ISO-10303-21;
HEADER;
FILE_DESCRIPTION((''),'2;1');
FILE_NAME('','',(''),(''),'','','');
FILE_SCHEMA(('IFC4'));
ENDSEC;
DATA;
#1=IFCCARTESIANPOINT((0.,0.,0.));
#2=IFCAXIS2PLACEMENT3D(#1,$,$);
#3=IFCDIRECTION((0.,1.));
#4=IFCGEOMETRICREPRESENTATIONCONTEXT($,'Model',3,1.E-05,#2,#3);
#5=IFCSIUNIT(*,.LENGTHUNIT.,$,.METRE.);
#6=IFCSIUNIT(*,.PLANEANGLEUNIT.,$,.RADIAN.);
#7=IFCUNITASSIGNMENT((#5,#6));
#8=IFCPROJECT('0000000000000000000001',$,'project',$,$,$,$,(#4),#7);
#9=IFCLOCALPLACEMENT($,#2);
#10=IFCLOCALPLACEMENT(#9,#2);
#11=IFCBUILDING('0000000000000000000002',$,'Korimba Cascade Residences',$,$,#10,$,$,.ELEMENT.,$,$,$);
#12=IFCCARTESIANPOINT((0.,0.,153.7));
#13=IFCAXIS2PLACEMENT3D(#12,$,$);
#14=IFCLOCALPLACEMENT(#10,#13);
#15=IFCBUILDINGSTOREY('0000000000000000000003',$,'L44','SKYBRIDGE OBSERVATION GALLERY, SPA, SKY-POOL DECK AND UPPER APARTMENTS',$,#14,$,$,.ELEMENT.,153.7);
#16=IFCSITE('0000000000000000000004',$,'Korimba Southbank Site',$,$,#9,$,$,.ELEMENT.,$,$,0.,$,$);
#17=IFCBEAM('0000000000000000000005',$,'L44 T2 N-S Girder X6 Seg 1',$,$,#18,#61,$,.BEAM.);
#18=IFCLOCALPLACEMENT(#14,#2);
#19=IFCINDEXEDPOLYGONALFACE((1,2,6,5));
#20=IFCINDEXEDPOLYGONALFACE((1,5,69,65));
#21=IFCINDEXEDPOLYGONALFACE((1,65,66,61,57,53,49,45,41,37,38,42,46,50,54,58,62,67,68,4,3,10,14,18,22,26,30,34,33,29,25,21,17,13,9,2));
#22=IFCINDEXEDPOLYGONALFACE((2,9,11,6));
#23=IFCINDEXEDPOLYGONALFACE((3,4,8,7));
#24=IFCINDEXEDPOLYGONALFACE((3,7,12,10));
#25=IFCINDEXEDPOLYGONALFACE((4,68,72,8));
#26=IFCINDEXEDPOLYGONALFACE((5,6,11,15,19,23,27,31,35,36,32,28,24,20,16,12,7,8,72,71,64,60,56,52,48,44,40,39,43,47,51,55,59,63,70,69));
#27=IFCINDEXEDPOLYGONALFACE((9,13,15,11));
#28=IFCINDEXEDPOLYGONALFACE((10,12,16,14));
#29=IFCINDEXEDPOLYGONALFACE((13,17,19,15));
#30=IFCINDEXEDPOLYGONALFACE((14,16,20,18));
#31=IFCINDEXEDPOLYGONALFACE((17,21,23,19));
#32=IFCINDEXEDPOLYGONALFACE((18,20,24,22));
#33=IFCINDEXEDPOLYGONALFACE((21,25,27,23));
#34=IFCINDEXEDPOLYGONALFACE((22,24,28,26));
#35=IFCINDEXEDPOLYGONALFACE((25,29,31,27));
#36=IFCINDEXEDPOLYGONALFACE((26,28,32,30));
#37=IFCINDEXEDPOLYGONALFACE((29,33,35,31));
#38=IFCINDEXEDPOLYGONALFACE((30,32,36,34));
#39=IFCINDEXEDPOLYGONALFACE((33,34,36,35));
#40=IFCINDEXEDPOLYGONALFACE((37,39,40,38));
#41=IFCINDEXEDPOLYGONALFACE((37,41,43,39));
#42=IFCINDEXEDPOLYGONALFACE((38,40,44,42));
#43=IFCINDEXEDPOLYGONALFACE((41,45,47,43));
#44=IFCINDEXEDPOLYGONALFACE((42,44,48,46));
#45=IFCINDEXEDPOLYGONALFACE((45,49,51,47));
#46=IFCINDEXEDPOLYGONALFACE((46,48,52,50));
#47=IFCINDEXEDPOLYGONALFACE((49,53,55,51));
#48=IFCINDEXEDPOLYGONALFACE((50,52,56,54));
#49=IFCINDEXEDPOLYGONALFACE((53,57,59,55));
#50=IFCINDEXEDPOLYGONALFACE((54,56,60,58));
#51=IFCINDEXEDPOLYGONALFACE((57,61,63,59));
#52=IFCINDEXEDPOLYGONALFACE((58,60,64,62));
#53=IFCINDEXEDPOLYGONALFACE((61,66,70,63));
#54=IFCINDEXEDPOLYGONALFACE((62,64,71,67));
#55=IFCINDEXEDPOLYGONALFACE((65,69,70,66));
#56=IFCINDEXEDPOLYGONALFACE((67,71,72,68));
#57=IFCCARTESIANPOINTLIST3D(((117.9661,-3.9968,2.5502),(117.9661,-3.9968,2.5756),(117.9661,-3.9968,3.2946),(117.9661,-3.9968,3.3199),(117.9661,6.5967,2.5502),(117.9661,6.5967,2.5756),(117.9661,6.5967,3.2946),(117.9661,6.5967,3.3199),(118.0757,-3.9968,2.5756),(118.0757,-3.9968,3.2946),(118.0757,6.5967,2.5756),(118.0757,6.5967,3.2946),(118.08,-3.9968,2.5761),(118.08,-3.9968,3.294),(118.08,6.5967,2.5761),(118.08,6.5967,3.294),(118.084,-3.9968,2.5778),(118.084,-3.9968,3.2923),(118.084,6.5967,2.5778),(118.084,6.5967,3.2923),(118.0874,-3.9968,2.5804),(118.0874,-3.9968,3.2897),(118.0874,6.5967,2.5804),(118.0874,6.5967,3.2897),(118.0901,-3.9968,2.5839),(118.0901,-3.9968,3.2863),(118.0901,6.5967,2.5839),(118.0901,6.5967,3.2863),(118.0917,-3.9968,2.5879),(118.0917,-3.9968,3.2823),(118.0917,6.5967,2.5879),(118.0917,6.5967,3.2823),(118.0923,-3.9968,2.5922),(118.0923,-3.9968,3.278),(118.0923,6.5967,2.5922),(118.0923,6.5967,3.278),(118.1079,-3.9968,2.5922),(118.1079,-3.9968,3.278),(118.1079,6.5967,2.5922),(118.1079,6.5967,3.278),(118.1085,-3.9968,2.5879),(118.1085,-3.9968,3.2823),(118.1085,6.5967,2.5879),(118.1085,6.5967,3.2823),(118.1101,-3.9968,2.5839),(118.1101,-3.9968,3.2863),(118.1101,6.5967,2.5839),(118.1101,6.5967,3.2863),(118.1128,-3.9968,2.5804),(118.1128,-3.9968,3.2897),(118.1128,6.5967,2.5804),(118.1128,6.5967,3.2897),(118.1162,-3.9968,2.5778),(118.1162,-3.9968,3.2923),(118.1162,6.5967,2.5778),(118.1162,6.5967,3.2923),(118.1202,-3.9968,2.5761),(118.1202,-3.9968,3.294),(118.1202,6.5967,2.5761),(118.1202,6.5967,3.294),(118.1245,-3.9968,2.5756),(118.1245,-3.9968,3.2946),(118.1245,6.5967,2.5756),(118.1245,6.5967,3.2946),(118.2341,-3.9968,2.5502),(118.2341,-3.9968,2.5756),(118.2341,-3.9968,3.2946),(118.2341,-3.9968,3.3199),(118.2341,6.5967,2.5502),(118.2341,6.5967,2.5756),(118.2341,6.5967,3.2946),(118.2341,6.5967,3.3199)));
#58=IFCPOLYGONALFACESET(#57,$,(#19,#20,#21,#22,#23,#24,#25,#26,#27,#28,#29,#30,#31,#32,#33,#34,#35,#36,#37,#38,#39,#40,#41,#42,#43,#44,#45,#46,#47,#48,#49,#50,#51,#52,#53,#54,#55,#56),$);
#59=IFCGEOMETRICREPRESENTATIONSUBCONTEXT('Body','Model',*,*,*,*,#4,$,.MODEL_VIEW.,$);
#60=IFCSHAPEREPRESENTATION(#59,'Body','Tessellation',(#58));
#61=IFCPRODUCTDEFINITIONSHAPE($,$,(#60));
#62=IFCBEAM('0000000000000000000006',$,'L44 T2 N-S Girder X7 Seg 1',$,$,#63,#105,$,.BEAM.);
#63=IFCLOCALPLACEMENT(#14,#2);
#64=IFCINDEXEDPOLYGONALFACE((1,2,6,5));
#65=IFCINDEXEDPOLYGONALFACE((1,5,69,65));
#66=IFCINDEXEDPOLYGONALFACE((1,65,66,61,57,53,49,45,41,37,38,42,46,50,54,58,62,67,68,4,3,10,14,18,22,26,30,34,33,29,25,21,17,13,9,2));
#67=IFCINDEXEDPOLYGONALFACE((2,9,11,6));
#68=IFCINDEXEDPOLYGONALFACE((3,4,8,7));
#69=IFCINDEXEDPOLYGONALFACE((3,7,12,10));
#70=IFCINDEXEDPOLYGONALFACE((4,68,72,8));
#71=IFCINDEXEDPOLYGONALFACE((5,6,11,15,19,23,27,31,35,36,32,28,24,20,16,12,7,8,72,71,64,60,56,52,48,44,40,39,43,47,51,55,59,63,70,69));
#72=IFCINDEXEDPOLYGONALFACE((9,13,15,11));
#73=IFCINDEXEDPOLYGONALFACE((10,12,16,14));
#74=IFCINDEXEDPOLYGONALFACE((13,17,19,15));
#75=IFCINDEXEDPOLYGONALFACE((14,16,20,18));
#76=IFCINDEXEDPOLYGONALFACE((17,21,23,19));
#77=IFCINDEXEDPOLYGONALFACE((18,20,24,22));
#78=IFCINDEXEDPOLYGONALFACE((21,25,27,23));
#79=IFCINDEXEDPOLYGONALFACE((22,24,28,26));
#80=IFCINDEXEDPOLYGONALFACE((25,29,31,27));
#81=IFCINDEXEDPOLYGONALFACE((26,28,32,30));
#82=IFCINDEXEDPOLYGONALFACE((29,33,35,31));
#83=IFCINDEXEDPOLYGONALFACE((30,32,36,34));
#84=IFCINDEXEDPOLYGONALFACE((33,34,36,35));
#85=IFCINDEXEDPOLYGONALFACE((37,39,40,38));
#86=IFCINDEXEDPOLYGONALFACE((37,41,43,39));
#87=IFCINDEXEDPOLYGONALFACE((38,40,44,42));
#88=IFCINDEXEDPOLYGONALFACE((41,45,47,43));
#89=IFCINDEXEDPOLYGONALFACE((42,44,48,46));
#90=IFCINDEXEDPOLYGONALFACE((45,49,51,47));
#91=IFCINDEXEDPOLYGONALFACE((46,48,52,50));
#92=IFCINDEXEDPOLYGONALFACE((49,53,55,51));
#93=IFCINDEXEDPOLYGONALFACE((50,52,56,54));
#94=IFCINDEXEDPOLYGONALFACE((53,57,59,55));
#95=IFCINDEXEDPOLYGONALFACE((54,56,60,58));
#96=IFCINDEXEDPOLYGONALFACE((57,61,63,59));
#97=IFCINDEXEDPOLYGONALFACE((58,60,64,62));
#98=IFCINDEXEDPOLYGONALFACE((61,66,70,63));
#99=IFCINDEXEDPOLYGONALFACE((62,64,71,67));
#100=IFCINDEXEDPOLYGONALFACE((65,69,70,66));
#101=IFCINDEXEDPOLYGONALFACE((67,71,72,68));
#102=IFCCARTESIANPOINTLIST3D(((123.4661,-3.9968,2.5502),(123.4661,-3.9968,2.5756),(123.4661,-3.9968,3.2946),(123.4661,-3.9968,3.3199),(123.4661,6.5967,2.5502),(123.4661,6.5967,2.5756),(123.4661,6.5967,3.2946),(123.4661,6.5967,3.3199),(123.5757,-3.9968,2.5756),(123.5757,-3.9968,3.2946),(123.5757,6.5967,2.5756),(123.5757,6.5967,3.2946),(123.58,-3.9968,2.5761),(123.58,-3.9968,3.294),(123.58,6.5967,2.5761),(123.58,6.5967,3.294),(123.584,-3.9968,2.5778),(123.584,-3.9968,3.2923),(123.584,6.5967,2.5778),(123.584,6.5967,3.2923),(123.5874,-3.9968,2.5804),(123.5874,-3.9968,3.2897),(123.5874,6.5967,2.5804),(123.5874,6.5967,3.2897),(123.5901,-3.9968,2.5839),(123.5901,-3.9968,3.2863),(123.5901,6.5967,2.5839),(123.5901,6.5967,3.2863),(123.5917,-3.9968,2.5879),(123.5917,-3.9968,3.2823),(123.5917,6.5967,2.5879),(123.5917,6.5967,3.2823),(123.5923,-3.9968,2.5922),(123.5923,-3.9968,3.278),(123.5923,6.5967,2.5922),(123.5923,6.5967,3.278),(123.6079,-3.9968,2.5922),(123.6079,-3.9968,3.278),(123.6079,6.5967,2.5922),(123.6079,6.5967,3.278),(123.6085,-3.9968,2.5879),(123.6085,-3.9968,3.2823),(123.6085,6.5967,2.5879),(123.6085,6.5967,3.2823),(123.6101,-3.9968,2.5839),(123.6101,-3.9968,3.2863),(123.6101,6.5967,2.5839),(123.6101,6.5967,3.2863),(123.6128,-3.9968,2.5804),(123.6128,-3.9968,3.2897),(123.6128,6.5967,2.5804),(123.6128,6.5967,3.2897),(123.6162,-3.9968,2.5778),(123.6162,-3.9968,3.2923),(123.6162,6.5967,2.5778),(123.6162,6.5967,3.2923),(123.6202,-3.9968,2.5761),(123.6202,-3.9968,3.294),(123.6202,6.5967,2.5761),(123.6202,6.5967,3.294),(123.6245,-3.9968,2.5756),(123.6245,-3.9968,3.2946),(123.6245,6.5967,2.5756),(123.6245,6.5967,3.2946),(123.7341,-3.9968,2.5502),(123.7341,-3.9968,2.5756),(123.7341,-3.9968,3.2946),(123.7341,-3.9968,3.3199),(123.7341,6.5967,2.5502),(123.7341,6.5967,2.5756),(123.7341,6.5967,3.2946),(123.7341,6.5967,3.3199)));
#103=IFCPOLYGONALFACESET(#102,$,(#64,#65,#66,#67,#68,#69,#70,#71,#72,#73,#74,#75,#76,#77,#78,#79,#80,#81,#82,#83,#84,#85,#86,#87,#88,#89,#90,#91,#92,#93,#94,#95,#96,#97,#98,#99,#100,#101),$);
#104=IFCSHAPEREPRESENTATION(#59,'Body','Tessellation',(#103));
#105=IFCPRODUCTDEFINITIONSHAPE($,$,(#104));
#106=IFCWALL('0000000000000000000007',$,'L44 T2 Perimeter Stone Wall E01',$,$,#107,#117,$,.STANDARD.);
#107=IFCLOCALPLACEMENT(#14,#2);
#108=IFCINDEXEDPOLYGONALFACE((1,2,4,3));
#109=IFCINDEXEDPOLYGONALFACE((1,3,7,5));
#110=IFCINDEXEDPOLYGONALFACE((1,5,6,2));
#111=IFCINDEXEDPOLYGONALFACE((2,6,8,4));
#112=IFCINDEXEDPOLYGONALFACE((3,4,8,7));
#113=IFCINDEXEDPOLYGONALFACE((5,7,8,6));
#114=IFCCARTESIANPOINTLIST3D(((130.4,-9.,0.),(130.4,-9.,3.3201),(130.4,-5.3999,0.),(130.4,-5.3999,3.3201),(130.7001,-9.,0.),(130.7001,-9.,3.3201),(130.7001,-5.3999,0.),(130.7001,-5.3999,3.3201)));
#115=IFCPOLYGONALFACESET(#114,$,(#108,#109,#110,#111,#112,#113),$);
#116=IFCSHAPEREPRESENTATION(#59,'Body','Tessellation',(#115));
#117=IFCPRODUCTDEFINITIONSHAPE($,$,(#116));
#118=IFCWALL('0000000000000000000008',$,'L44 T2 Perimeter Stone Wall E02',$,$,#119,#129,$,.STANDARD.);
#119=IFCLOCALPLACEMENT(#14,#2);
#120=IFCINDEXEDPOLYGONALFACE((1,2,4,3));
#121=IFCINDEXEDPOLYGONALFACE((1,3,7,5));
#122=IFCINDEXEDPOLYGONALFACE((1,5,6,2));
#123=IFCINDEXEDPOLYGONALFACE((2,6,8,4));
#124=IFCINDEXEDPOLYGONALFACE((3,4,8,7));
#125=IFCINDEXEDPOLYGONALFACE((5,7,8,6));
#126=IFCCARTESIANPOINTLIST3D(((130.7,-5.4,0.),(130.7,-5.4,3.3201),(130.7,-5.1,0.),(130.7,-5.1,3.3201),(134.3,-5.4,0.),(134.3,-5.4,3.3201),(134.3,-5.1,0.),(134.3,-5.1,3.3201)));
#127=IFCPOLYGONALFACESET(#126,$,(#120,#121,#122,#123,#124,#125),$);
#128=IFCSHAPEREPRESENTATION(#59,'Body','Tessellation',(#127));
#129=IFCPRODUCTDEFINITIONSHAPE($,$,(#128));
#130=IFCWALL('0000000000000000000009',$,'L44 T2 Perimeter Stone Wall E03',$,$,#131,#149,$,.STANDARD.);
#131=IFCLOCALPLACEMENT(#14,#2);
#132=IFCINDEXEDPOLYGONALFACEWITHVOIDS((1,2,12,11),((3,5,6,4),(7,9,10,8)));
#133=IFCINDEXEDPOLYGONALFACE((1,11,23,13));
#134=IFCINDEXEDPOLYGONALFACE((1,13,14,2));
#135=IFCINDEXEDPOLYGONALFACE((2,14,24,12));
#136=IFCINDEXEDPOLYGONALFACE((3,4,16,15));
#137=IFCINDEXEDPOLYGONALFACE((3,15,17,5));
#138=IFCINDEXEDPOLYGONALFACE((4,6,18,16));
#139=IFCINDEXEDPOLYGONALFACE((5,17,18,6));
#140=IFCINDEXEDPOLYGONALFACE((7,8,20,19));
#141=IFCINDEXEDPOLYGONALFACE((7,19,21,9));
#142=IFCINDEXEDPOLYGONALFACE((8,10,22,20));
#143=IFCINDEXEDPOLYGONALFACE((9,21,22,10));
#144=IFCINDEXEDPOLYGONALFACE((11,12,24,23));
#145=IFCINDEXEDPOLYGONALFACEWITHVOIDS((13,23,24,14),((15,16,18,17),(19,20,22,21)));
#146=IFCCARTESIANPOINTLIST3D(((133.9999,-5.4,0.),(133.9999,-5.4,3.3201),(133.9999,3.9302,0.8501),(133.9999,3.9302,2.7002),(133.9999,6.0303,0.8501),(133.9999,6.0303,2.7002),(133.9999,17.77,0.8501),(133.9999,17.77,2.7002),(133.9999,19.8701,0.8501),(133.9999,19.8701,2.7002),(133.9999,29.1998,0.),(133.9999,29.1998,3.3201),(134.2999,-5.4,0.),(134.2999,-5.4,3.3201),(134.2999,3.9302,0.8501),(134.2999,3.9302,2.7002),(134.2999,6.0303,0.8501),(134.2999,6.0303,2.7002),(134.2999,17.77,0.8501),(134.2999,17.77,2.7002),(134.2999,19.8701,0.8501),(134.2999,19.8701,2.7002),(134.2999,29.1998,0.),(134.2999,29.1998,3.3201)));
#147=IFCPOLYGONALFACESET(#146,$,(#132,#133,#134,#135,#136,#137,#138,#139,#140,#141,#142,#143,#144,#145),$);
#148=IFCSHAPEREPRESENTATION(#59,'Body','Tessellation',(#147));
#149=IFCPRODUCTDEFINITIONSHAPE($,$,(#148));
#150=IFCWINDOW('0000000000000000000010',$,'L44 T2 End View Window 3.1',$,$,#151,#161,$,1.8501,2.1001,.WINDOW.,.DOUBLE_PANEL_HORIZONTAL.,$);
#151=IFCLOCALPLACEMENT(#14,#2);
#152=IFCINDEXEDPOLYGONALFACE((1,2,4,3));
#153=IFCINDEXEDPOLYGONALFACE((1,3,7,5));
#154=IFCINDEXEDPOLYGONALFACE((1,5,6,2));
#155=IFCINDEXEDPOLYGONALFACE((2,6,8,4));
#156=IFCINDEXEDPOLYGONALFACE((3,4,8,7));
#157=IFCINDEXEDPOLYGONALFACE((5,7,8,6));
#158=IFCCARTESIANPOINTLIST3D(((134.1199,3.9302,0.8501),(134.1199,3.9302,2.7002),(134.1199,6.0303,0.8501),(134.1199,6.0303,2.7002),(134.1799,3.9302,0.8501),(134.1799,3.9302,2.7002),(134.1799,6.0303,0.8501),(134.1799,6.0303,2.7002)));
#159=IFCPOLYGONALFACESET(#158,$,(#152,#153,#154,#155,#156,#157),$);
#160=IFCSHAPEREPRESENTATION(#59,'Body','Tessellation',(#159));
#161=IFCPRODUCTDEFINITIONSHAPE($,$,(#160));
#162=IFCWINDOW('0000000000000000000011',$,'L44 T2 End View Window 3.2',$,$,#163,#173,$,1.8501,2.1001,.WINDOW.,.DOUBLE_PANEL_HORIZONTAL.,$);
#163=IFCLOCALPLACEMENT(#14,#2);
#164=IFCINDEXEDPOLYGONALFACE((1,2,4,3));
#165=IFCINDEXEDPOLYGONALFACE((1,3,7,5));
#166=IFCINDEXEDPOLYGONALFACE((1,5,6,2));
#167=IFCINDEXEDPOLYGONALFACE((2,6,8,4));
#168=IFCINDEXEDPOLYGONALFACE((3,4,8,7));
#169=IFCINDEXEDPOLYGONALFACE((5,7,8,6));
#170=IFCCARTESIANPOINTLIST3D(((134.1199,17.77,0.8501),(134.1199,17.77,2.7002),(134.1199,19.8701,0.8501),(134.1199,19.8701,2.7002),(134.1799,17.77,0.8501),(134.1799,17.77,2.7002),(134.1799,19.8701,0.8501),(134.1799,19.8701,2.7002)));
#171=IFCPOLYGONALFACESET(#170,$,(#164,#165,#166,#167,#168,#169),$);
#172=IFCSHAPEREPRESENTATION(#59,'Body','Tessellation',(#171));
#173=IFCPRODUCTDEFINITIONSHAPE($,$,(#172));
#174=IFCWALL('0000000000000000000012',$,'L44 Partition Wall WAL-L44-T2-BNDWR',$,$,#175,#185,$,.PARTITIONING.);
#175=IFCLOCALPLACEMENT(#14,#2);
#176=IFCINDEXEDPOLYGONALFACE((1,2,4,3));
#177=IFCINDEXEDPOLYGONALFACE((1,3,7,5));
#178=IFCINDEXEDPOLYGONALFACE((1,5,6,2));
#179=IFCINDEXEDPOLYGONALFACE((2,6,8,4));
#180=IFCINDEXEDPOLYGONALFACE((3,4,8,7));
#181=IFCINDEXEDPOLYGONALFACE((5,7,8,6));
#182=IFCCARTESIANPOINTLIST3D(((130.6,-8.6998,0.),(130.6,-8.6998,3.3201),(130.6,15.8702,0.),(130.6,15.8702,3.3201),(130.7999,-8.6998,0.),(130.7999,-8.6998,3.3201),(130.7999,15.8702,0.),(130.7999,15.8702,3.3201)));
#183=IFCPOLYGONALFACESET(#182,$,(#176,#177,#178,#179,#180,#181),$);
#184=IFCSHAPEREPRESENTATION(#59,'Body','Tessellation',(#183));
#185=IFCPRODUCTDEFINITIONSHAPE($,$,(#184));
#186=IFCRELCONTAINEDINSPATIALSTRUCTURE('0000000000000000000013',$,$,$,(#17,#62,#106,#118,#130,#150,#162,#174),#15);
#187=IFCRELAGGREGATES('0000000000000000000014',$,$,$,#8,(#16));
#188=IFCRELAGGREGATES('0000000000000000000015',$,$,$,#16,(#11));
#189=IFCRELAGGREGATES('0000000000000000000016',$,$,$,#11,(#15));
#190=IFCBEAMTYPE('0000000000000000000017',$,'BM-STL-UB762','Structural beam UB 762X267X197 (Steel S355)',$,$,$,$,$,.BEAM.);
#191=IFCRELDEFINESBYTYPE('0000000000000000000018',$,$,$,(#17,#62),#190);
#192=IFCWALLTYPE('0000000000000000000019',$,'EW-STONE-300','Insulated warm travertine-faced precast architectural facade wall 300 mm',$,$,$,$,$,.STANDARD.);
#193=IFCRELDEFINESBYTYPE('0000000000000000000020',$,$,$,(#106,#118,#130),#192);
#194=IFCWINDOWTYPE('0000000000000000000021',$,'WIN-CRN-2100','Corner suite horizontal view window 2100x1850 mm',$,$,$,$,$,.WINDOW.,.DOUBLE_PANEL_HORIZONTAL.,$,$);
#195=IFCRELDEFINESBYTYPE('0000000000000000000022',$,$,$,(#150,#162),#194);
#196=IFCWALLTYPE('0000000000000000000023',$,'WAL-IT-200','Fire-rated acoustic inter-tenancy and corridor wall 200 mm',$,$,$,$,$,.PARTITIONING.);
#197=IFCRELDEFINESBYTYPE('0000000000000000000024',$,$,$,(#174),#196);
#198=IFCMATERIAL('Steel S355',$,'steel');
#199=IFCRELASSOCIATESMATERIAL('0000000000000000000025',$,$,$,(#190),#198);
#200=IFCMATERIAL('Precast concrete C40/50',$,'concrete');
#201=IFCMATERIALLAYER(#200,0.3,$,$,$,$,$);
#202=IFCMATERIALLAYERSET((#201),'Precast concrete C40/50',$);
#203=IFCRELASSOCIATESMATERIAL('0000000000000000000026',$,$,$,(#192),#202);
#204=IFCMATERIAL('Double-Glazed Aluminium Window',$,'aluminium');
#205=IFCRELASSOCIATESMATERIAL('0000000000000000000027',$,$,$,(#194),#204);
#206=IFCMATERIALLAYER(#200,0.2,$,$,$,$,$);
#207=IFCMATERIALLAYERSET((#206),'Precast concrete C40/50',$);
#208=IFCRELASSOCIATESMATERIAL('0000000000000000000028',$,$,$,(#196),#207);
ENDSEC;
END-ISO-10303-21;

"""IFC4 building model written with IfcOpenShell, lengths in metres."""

from ifc_helpers import new_model, si_unit, direction, frame, frame_2d, origin, origin_2d, place, context, subcontext, project, spatial, rectangle, i_section, extrude, material, layer, layer_set, material_profile, profile_set, type_object, element, fill, save


model = new_model("IFC4")

# Units and contexts
model_context = context("Model", 3, precision=1e-05, world=origin(), true_north=direction((0.0, 1.0)))
body_context = subcontext(model_context, "Body", "Model", "MODEL_VIEW")
ifc_project = project(units=[si_unit("LENGTHUNIT", "METRE"), si_unit("PLANEANGLEUNIT", "RADIAN")], contexts=[model_context])

# Site, building, storey
site_placement = place(None, origin())
site = spatial("IfcSite", under=ifc_project, at=site_placement, Name="Korimba Southbank Site", CompositionType="ELEMENT", RefElevation=0.0)
building_placement = place(site_placement, origin())
building = spatial("IfcBuilding", under=site, at=building_placement, Name="Korimba Cascade Residences", CompositionType="ELEMENT")
storey_placement = place(building_placement, frame((0.0, 0.0, 153.7)))
storey = spatial("IfcBuildingStorey", under=building, at=storey_placement, Name="L44", Description="SKYBRIDGE OBSERVATION GALLERY, SPA, SKY-POOL DECK AND UPPER APARTMENTS", CompositionType="ELEMENT", Elevation=153.7)

# Beams
ifc_material_1 = material(Name="Steel S355", Category="steel")
ifc_material_profile_1 = material_profile(ifc_material_1, i_section(OverallWidth=0.2681, OverallDepth=0.7698, WebThickness=0.0156, FlangeThickness=0.0254, FilletRadius=0.0166, at=origin_2d()), Name="Steel S355")
ifc_profile_set_1 = profile_set([ifc_material_profile_1], Name="Steel S355")
beam_type_1 = type_object("IfcBeamType", Name="BM-STL-UB762", Description="Structural beam UB 762X267X197 (Steel S355)", PredefinedType="BEAM", material=ifc_profile_set_1)
for number, where, z_axis, x_axis, name in (
    (1, (118.1001, -3.9968, 2.9351), (0.0, 1.0, 0.0), (-1.0, 0.0, 0.0), "L44 T2 N-S Girder X6 Seg 1"),
    (2, (123.6001, -3.9968, 2.9351), (0.0, 1.0, 0.0), (-1.0, 0.0, 0.0), "L44 T2 N-S Girder X7 Seg 1"),
):
    element("IfcBeam", number, at=place(storey_placement, frame(where, z_axis=z_axis, x_axis=x_axis)), inside=storey, type_object=beam_type_1, Name=name, PredefinedType="BEAM", context=body_context, shape_type="SweptSolid", body=[
        extrude(i_section(OverallWidth=0.2681, OverallDepth=0.7698, WebThickness=0.0156, FlangeThickness=0.0254, FilletRadius=0.0166, at=origin_2d()), origin(), (0.0, 0.0, 1.0), 10.5935),
    ])

# Walls
ifc_material_2 = material(Name="Precast concrete C40/50", Category="concrete")
ifc_layer_1 = layer(ifc_material_2, 0.3)
ifc_layer_set_1 = layer_set([ifc_layer_1], Name="Precast concrete C40/50")
wall_type_1 = type_object("IfcWallType", Name="EW-STONE-300", Description="Insulated warm travertine-faced precast architectural facade wall 300 mm", PredefinedType="STANDARD", material=ifc_layer_set_1)
for number, where, z_axis, x_axis, name in (
    (3, (130.55, -9.0, 0.0), (0.0, 0.0, 1.0), (0.0, 1.0, 0.0), "L44 T2 Perimeter Stone Wall E01"),
    (4, (130.7, -5.25, 0.0), (0.0, 0.0, 1.0), (1.0, 0.0, 0.0), "L44 T2 Perimeter Stone Wall E02"),
):
    element("IfcWall", number, at=place(storey_placement, frame(where, z_axis=z_axis, x_axis=x_axis)), inside=storey, type_object=wall_type_1, Name=name, PredefinedType="STANDARD", context=body_context, shape_type="SweptSolid", body=[
        extrude(rectangle(XDim=3.6001, YDim=0.3, at=frame_2d((1.8, 0.0))), origin(), (0.0, 0.0, 1.0), 3.3201),
    ])

# Wall, openings, windows
wall_1_placement = place(storey_placement, frame((134.1499, -5.3999, 0.0), z_axis=(0.0, 0.0, 1.0), x_axis=(0.0, 1.0, 0.0)))
wall_1 = element("IfcWall", 5, at=wall_1_placement, inside=storey, type_object=wall_type_1, Name="L44 T2 Perimeter Stone Wall E03", PredefinedType="STANDARD", context=body_context, shape_type="SweptSolid", body=[
    extrude(rectangle(XDim=34.5999, YDim=0.3, at=frame_2d((17.2998, 0.0))), origin(), (0.0, 0.0, 1.0), 3.3201),
])
opening_1_placement = place(wall_1_placement, frame((9.3301, 0.0, 0.8501)))
opening_1 = element("IfcOpeningElement", 6, at=opening_1_placement, cuts=wall_1, PredefinedType="OPENING", context=body_context, shape_type="SweptSolid", body=[
    extrude(rectangle(XDim=2.1001, YDim=1.8501, at=frame_2d((1.05, 0.925))), frame((0.0, 0.1602, 0.0), z_axis=(0.0, -1.0, 0.0), x_axis=(1.0, 0.0, 0.0)), (0.0, 0.0, 1.0), 0.3201),
])
opening_2_placement = place(wall_1_placement, frame((23.1699, 0.0, 0.8501)))
opening_2 = element("IfcOpeningElement", 7, at=opening_2_placement, cuts=wall_1, PredefinedType="OPENING", context=body_context, shape_type="SweptSolid", body=[
    extrude(rectangle(XDim=2.1001, YDim=1.8501, at=frame_2d((1.05, 0.925))), frame((0.0, 0.1602, 0.0), z_axis=(0.0, -1.0, 0.0), x_axis=(1.0, 0.0, 0.0)), (0.0, 0.0, 1.0), 0.3201),
])
ifc_material_3 = material(Name="Double-Glazed Aluminium Window", Category="aluminium")
window_type = type_object("IfcWindowType", Name="WIN-CRN-2100", Description="Corner suite horizontal view window 2100x1850 mm", PartitioningType="DOUBLE_PANEL_HORIZONTAL", PredefinedType="WINDOW", material=ifc_material_3)
window_1_placement = place(opening_1_placement, origin())
window_1 = element("IfcWindow", 8, at=window_1_placement, inside=storey, type_object=window_type, Name="L44 T2 End View Window 3.1", OverallHeight=1.8501, OverallWidth=2.1001, PartitioningType="DOUBLE_PANEL_HORIZONTAL", PredefinedType="WINDOW", context=body_context, shape_type="SweptSolid", body=[
    extrude(rectangle(XDim=2.1001, YDim=1.8501, at=frame_2d((1.05, 0.925))), frame((0.0, 0.03, 0.0), z_axis=(0.0, -1.0, 0.0), x_axis=(1.0, 0.0, 0.0)), (0.0, 0.0, 1.0), 0.0601),
])
fill(opening_1, window_1)
window_2_placement = place(opening_2_placement, origin())
window_2 = element("IfcWindow", 9, at=window_2_placement, inside=storey, type_object=window_type, Name="L44 T2 End View Window 3.2", OverallHeight=1.8501, OverallWidth=2.1001, PartitioningType="DOUBLE_PANEL_HORIZONTAL", PredefinedType="WINDOW", context=body_context, shape_type="SweptSolid", body=[
    extrude(rectangle(XDim=2.1001, YDim=1.8501, at=frame_2d((1.05, 0.925))), frame((0.0, 0.03, 0.0), z_axis=(0.0, -1.0, 0.0), x_axis=(1.0, 0.0, 0.0)), (0.0, 0.0, 1.0), 0.0601),
])
fill(opening_2, window_2)

# Wall
ifc_layer_2 = layer(ifc_material_2, 0.2)
ifc_layer_set_2 = layer_set([ifc_layer_2], Name="Precast concrete C40/50")
wall_type_2 = type_object("IfcWallType", Name="WAL-IT-200", Description="Fire-rated acoustic inter-tenancy and corridor wall 200 mm", PredefinedType="PARTITIONING", material=ifc_layer_set_2)
wall_2_placement = place(storey_placement, frame((130.7, -8.7, 0.0), z_axis=(0.0, 0.0, 1.0), x_axis=(0.0, 1.0, 0.0)))
element("IfcWall", 10, at=wall_2_placement, inside=storey, type_object=wall_type_2, Name="L44 Partition Wall WAL-L44-T2-BNDWR", PredefinedType="PARTITIONING", context=body_context, shape_type="SweptSolid", body=[
    extrude(rectangle(XDim=24.5701, YDim=0.2, at=frame_2d((12.2852, 0.0))), origin(), (0.0, 0.0, 1.0), 3.3201),
])

save(model, "model.ifc")
